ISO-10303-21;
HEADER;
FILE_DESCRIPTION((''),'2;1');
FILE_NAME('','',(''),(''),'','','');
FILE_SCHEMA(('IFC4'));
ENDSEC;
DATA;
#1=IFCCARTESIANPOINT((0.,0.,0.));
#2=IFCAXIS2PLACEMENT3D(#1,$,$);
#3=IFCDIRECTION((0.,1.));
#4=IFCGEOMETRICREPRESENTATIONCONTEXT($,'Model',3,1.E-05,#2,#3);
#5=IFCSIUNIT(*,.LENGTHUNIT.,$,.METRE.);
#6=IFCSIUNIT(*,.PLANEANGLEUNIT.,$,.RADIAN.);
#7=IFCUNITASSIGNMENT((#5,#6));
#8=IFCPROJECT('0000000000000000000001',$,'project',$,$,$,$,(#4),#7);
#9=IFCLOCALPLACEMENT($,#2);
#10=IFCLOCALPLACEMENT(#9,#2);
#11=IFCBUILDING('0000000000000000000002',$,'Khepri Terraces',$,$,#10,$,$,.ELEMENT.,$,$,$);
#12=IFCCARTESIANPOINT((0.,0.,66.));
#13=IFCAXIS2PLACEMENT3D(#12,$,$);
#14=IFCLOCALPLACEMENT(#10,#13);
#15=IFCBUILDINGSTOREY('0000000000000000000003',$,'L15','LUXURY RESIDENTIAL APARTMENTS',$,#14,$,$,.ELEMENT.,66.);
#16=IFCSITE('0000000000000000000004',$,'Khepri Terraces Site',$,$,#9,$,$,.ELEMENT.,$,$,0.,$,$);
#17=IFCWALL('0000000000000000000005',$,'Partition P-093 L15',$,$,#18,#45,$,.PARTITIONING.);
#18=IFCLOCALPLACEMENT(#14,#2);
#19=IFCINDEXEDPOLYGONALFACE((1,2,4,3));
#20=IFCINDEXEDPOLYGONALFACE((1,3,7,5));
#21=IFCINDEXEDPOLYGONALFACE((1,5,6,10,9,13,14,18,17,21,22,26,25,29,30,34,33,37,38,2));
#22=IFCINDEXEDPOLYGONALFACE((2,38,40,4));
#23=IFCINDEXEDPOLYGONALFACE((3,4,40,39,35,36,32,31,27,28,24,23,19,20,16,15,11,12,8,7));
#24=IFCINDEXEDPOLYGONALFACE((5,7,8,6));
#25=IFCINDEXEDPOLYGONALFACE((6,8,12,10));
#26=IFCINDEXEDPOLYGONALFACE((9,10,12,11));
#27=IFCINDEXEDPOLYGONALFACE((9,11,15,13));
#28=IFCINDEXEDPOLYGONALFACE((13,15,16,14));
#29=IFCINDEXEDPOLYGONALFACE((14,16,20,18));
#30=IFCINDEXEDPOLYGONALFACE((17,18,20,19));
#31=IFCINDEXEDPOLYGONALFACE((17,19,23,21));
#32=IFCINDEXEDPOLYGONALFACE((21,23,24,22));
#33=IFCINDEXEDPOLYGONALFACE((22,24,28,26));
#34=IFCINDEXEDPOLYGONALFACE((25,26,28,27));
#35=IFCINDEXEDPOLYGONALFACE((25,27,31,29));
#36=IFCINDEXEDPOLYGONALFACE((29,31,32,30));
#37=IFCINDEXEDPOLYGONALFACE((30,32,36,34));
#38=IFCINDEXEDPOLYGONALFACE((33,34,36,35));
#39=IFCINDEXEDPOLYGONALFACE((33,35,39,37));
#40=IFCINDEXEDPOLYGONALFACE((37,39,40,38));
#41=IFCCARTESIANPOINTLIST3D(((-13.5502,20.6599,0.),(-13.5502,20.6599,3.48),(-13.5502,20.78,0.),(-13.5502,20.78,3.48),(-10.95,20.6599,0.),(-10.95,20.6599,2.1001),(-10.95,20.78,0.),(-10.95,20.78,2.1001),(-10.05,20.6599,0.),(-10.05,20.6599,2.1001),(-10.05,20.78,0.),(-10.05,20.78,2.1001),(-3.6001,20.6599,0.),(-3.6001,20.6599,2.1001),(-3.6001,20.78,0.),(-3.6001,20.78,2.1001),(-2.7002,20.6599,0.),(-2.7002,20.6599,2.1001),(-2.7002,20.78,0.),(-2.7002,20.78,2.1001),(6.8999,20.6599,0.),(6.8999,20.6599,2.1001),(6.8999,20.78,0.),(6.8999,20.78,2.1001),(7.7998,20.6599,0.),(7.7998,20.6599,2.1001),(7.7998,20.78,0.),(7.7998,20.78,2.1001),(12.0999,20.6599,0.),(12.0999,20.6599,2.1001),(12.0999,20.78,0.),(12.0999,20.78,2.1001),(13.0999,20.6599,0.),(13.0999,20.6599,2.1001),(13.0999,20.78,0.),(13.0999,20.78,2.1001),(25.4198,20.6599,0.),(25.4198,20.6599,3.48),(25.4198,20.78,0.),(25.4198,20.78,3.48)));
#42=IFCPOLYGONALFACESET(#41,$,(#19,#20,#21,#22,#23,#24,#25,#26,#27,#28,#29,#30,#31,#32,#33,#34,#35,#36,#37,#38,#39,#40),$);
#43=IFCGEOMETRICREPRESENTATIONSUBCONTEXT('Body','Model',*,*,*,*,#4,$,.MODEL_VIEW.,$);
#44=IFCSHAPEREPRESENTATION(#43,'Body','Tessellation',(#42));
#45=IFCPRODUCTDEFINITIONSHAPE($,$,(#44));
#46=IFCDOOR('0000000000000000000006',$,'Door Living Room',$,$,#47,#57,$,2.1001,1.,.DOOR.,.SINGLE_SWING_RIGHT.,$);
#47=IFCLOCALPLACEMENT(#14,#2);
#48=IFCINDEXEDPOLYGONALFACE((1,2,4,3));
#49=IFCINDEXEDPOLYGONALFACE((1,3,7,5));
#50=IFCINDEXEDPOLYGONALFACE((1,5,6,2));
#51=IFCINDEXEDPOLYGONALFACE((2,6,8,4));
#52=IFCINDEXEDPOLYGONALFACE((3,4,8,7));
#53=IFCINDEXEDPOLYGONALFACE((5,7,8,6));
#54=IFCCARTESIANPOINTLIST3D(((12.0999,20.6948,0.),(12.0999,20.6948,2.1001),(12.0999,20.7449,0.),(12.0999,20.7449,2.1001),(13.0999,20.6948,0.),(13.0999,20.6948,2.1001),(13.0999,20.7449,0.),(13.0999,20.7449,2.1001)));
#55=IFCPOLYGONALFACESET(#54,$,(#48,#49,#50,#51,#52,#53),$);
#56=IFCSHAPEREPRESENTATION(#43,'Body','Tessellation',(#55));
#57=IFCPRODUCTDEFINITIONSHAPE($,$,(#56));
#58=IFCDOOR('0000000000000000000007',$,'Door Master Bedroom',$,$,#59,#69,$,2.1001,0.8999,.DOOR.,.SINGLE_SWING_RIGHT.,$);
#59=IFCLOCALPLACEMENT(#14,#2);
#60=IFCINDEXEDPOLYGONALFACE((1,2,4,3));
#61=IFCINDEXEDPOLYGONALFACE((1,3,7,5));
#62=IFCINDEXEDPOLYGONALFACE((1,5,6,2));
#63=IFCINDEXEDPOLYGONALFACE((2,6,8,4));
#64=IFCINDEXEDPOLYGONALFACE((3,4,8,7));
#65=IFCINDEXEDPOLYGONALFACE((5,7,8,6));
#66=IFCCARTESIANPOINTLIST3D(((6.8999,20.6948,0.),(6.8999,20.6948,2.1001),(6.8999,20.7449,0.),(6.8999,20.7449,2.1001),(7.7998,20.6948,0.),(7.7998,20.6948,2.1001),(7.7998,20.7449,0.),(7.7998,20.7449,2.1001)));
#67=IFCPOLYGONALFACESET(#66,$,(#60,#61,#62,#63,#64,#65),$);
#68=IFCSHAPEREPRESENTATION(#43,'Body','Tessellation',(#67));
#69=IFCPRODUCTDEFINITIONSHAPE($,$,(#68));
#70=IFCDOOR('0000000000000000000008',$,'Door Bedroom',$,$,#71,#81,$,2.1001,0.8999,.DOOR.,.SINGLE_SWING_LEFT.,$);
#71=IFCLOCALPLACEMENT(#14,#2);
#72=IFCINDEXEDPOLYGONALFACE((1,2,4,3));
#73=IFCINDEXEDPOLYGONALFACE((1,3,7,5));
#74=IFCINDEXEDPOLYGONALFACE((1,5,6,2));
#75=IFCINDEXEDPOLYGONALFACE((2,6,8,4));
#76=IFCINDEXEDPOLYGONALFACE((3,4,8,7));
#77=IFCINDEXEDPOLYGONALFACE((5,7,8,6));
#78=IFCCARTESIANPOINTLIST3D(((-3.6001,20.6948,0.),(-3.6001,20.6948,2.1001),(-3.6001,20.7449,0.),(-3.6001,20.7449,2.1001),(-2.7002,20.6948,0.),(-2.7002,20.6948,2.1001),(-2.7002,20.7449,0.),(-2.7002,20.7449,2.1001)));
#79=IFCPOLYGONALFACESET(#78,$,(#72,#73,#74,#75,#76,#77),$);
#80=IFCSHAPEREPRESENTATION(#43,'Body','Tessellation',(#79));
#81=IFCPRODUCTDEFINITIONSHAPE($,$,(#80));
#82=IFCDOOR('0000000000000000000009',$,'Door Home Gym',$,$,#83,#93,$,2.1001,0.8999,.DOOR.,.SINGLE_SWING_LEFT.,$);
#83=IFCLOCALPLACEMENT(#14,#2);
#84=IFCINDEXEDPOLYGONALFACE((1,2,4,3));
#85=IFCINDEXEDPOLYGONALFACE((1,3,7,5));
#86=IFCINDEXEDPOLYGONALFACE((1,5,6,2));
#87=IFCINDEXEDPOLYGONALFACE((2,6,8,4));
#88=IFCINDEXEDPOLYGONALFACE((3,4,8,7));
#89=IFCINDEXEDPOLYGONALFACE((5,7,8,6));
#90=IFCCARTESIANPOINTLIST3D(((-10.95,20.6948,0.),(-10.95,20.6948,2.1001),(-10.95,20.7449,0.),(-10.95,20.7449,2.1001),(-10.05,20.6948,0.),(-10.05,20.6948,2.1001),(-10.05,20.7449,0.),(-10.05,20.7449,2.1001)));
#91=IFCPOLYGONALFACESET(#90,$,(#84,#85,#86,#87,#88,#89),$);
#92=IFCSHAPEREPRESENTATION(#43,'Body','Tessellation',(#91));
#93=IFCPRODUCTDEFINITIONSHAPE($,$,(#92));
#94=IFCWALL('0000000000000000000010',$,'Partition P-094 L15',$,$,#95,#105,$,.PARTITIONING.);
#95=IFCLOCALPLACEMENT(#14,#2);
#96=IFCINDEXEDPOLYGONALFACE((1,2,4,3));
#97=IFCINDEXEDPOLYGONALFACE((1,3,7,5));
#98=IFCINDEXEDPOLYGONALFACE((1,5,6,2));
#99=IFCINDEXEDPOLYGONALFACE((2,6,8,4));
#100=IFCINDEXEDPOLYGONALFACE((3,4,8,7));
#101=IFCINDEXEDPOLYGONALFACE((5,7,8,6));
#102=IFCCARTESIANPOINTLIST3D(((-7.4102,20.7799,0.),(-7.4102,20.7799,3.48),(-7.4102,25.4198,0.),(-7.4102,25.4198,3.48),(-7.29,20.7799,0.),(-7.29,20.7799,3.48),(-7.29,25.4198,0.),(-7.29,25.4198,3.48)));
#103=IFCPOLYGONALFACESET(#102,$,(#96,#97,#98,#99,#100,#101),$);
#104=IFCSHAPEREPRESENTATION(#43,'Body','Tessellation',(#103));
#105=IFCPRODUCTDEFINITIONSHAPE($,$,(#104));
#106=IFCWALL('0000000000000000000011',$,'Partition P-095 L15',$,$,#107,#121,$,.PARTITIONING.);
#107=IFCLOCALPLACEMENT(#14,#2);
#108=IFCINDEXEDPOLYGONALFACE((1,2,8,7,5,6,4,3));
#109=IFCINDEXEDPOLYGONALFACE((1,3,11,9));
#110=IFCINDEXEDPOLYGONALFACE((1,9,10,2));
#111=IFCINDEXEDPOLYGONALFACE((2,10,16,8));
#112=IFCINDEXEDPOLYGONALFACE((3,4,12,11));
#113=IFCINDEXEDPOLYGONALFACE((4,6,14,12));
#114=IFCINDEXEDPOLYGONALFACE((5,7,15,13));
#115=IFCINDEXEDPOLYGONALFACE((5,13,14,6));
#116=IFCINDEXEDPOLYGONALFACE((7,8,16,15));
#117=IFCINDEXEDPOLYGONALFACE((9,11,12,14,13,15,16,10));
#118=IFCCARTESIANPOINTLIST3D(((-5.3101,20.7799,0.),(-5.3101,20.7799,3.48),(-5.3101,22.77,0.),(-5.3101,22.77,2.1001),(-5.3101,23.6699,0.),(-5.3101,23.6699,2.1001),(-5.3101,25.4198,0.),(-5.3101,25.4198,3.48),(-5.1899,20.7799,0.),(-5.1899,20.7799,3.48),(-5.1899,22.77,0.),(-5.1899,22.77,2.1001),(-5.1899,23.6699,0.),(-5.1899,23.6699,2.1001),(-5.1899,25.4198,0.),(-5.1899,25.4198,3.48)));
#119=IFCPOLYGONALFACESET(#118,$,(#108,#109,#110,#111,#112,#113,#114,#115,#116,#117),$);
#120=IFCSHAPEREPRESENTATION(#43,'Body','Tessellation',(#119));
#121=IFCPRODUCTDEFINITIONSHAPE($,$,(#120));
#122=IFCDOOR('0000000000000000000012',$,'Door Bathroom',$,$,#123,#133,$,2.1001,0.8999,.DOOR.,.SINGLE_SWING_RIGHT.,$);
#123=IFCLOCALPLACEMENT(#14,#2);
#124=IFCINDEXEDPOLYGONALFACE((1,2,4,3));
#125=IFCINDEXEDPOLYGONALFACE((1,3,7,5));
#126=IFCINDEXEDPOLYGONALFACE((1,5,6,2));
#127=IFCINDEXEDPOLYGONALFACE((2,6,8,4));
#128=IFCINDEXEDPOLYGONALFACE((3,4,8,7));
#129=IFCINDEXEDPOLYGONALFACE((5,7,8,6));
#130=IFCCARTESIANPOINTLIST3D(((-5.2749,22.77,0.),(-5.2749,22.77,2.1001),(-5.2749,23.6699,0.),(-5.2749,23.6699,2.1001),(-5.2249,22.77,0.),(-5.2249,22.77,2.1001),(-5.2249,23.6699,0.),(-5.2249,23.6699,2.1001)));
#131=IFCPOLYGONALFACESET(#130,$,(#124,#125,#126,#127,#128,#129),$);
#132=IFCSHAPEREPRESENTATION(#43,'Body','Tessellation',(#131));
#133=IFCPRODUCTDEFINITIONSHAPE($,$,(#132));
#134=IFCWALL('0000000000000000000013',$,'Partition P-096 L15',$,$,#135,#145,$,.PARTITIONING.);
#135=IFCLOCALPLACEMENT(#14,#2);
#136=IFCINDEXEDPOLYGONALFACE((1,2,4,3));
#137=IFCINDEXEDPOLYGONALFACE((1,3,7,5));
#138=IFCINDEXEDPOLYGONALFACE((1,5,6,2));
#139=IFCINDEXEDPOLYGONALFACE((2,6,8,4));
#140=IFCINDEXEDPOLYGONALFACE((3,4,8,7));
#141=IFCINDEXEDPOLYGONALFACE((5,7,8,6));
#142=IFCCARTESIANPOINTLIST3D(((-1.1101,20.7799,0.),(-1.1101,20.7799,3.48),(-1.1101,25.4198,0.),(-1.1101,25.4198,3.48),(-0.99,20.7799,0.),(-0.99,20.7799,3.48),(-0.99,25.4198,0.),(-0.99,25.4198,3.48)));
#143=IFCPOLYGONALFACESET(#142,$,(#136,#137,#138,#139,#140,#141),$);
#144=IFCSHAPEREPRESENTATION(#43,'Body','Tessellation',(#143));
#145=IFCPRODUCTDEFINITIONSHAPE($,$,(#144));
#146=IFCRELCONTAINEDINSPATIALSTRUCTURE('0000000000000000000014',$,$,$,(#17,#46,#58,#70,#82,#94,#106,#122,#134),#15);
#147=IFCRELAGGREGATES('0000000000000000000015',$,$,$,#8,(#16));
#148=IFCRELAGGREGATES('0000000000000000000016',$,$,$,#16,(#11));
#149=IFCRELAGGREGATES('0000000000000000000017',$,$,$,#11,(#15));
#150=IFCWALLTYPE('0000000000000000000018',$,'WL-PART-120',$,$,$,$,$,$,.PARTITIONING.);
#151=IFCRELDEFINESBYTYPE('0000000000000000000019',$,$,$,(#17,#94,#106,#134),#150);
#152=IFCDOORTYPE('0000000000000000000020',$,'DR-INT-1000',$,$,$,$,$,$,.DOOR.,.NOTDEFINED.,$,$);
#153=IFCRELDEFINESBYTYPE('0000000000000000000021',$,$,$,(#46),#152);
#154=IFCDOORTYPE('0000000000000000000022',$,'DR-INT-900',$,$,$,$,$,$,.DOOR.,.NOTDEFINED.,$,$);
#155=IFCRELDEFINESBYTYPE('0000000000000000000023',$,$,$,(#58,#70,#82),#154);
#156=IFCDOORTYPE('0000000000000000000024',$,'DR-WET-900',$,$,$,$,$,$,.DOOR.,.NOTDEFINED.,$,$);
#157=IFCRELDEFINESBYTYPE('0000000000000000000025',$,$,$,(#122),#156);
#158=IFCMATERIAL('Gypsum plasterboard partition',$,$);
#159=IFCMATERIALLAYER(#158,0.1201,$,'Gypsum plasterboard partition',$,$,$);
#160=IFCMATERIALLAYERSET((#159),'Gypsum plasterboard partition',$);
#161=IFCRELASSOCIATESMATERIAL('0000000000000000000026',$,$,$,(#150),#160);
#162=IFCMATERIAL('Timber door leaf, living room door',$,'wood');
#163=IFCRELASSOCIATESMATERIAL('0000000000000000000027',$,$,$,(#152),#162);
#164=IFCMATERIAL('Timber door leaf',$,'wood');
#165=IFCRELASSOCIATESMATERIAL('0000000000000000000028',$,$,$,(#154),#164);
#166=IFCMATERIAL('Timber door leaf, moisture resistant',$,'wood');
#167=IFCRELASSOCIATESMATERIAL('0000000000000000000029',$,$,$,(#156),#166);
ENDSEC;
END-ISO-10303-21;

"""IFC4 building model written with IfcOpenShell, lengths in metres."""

from ifc_helpers import new_model, si_unit, direction, frame, frame_2d, origin, place, context, subcontext, project, spatial, rectangle, extrude, material, layer, layer_set, type_object, element, fill, save


model = new_model("IFC4")

# Units and contexts
model_context = context("Model", 3, precision=1e-05, world=origin(), true_north=direction((0.0, 1.0)))
body_context = subcontext(model_context, "Body", "Model", "MODEL_VIEW")
ifc_project = project(units=[si_unit("LENGTHUNIT", "METRE"), si_unit("PLANEANGLEUNIT", "RADIAN")], contexts=[model_context])

# Site, building, storey
site_placement = place(None, origin())
site = spatial("IfcSite", under=ifc_project, at=site_placement, Name="Khepri Terraces Site", CompositionType="ELEMENT", RefElevation=0.0)
building_placement = place(site_placement, origin())
building = spatial("IfcBuilding", under=site, at=building_placement, Name="Khepri Terraces", CompositionType="ELEMENT")
storey_placement = place(building_placement, frame((0.0, 0.0, 66.0)))
storey = spatial("IfcBuildingStorey", under=building, at=storey_placement, Name="L15", Description="LUXURY RESIDENTIAL APARTMENTS", CompositionType="ELEMENT", Elevation=66.0)

# Shared definitions
ifc_material_1 = material(Name="Gypsum plasterboard partition")
ifc_layer_1 = layer(ifc_material_1, 0.1201, Name="Gypsum plasterboard partition")
ifc_layer_set_1 = layer_set([ifc_layer_1], Name="Gypsum plasterboard partition")
wall_type_1 = type_object("IfcWallType", Name="WL-PART-120", PredefinedType="PARTITIONING", material=ifc_layer_set_1)

# Wall, openings, doors
wall_1_placement = place(storey_placement, frame((-13.55, 20.72, 0.0), z_axis=(0.0, 0.0, 1.0), x_axis=(1.0, 0.0, 0.0)))
wall_1 = element("IfcWall", 1, at=wall_1_placement, inside=storey, type_object=wall_type_1, Name="Partition P-093 L15", PredefinedType="PARTITIONING", context=body_context, shape_type="SweptSolid", body=[
    extrude(rectangle(XDim=38.97, YDim=0.1201, at=frame_2d((19.4849, 0.0))), origin(), (0.0, 0.0, 1.0), 3.48),
])
opening_1_placement = place(wall_1_placement, frame((25.6499, 0.0, 0.0)))
opening_1 = element("IfcOpeningElement", 2, at=opening_1_placement, cuts=wall_1, PredefinedType="OPENING", context=body_context, shape_type="SweptSolid", body=[
    extrude(rectangle(XDim=1.0, YDim=2.1001, at=frame_2d((0.5, 1.05))), frame((0.0, 0.0701, 0.0), z_axis=(0.0, -1.0, 0.0), x_axis=(1.0, 0.0, 0.0)), (0.0, 0.0, 1.0), 0.1401),
])
opening_2_placement = place(wall_1_placement, frame((20.45, 0.0, 0.0)))
opening_2 = element("IfcOpeningElement", 3, at=opening_2_placement, cuts=wall_1, PredefinedType="OPENING", context=body_context, shape_type="SweptSolid", body=[
    extrude(rectangle(XDim=0.8999, YDim=2.1001, at=frame_2d((0.45, 1.05))), frame((0.0, 0.0701, 0.0), z_axis=(0.0, -1.0, 0.0), x_axis=(1.0, 0.0, 0.0)), (0.0, 0.0, 1.0), 0.1401),
])
opening_3_placement = place(wall_1_placement, frame((9.95, 0.0, 0.0)))
opening_3 = element("IfcOpeningElement", 4, at=opening_3_placement, cuts=wall_1, PredefinedType="OPENING", context=body_context, shape_type="SweptSolid", body=[
    extrude(rectangle(XDim=0.8999, YDim=2.1001, at=frame_2d((0.45, 1.05))), frame((0.0, 0.0701, 0.0), z_axis=(0.0, -1.0, 0.0), x_axis=(1.0, 0.0, 0.0)), (0.0, 0.0, 1.0), 0.1401),
])
opening_4_placement = place(wall_1_placement, frame((2.6001, 0.0, 0.0)))
opening_4 = element("IfcOpeningElement", 5, at=opening_4_placement, cuts=wall_1, PredefinedType="OPENING", context=body_context, shape_type="SweptSolid", body=[
    extrude(rectangle(XDim=0.8999, YDim=2.1001, at=frame_2d((0.45, 1.05))), frame((0.0, 0.0701, 0.0), z_axis=(0.0, -1.0, 0.0), x_axis=(1.0, 0.0, 0.0)), (0.0, 0.0, 1.0), 0.1401),
])
ifc_material_2 = material(Name="Timber door leaf, living room door", Category="wood")
door_type_1 = type_object("IfcDoorType", Name="DR-INT-1000", OperationType="NOTDEFINED", PredefinedType="DOOR", material=ifc_material_2)
door_1_placement = place(opening_1_placement, origin())
door_1 = element("IfcDoor", 6, at=door_1_placement, inside=storey, type_object=door_type_1, Name="Door Living Room", OperationType="SINGLE_SWING_RIGHT", OverallHeight=2.1001, OverallWidth=1.0, PredefinedType="DOOR", context=body_context, shape_type="SweptSolid", body=[
    extrude(rectangle(XDim=1.0, YDim=2.1001, at=frame_2d((0.5, 1.05))), frame((0.0, 0.0249, 0.0), z_axis=(0.0, -1.0, 0.0), x_axis=(1.0, 0.0, 0.0)), (0.0, 0.0, 1.0), 0.05),
])
fill(opening_1, door_1)
ifc_material_3 = material(Name="Timber door leaf", Category="wood")
door_type_2 = type_object("IfcDoorType", Name="DR-INT-900", OperationType="NOTDEFINED", PredefinedType="DOOR", material=ifc_material_3)
door_2_placement = place(opening_2_placement, origin())
door_2 = element("IfcDoor", 7, at=door_2_placement, inside=storey, type_object=door_type_2, Name="Door Master Bedroom", OperationType="SINGLE_SWING_RIGHT", OverallHeight=2.1001, OverallWidth=0.8999, PredefinedType="DOOR", context=body_context, shape_type="SweptSolid", body=[
    extrude(rectangle(XDim=0.8999, YDim=2.1001, at=frame_2d((0.45, 1.05))), frame((0.0, 0.0249, 0.0), z_axis=(0.0, -1.0, 0.0), x_axis=(1.0, 0.0, 0.0)), (0.0, 0.0, 1.0), 0.05),
])
fill(opening_2, door_2)
door_3_placement = place(opening_3_placement, origin())
door_3 = element("IfcDoor", 8, at=door_3_placement, inside=storey, type_object=door_type_2, Name="Door Bedroom", OperationType="SINGLE_SWING_LEFT", OverallHeight=2.1001, OverallWidth=0.8999, PredefinedType="DOOR", context=body_context, shape_type="SweptSolid", body=[
    extrude(rectangle(XDim=0.8999, YDim=2.1001, at=frame_2d((0.45, 1.05))), frame((0.0, 0.0249, 0.0), z_axis=(0.0, -1.0, 0.0), x_axis=(1.0, 0.0, 0.0)), (0.0, 0.0, 1.0), 0.05),
])
fill(opening_3, door_3)
door_4_placement = place(opening_4_placement, origin())
door_4 = element("IfcDoor", 9, at=door_4_placement, inside=storey, type_object=door_type_2, Name="Door Home Gym", OperationType="SINGLE_SWING_LEFT", OverallHeight=2.1001, OverallWidth=0.8999, PredefinedType="DOOR", context=body_context, shape_type="SweptSolid", body=[
    extrude(rectangle(XDim=0.8999, YDim=2.1001, at=frame_2d((0.45, 1.05))), frame((0.0, 0.0249, 0.0), z_axis=(0.0, -1.0, 0.0), x_axis=(1.0, 0.0, 0.0)), (0.0, 0.0, 1.0), 0.05),
])
fill(opening_4, door_4)

# Wall
wall_2_placement = place(storey_placement, frame((-7.3501, 20.78, 0.0), z_axis=(0.0, 0.0, 1.0), x_axis=(0.0, 1.0, 0.0)))
element("IfcWall", 10, at=wall_2_placement, inside=storey, type_object=wall_type_1, Name="Partition P-094 L15", PredefinedType="PARTITIONING", context=body_context, shape_type="SweptSolid", body=[
    extrude(rectangle(XDim=4.6399, YDim=0.1201, at=frame_2d((2.3198, 0.0))), origin(), (0.0, 0.0, 1.0), 3.48),
])

# Wall, opening, door
wall_3_placement = place(storey_placement, frame((-5.25, 20.78, 0.0), z_axis=(0.0, 0.0, 1.0), x_axis=(0.0, 1.0, 0.0)))
wall_3 = element("IfcWall", 11, at=wall_3_placement, inside=storey, type_object=wall_type_1, Name="Partition P-095 L15", PredefinedType="PARTITIONING", context=body_context, shape_type="SweptSolid", body=[
    extrude(rectangle(XDim=4.6399, YDim=0.1201, at=frame_2d((2.3198, 0.0))), origin(), (0.0, 0.0, 1.0), 3.48),
])
opening_5_placement = place(wall_3_placement, frame((1.99, 0.0, 0.0)))
opening_5 = element("IfcOpeningElement", 12, at=opening_5_placement, cuts=wall_3, PredefinedType="OPENING", context=body_context, shape_type="SweptSolid", body=[
    extrude(rectangle(XDim=0.8999, YDim=2.1001, at=frame_2d((0.45, 1.05))), frame((0.0, 0.0701, 0.0), z_axis=(0.0, -1.0, 0.0), x_axis=(1.0, 0.0, 0.0)), (0.0, 0.0, 1.0), 0.1401),
])
ifc_material_4 = material(Name="Timber door leaf, moisture resistant", Category="wood")
door_type_3 = type_object("IfcDoorType", Name="DR-WET-900", OperationType="NOTDEFINED", PredefinedType="DOOR", material=ifc_material_4)
door_5_placement = place(opening_5_placement, origin())
door_5 = element("IfcDoor", 13, at=door_5_placement, inside=storey, type_object=door_type_3, Name="Door Bathroom", OperationType="SINGLE_SWING_RIGHT", OverallHeight=2.1001, OverallWidth=0.8999, PredefinedType="DOOR", context=body_context, shape_type="SweptSolid", body=[
    extrude(rectangle(XDim=0.8999, YDim=2.1001, at=frame_2d((0.45, 1.05))), frame((0.0, 0.0249, 0.0), z_axis=(0.0, -1.0, 0.0), x_axis=(1.0, 0.0, 0.0)), (0.0, 0.0, 1.0), 0.05),
])
fill(opening_5, door_5)

# Wall
wall_4_placement = place(storey_placement, frame((-1.05, 20.78, 0.0), z_axis=(0.0, 0.0, 1.0), x_axis=(0.0, 1.0, 0.0)))
element("IfcWall", 14, at=wall_4_placement, inside=storey, type_object=wall_type_1, Name="Partition P-096 L15", PredefinedType="PARTITIONING", context=body_context, shape_type="SweptSolid", body=[
    extrude(rectangle(XDim=4.6399, YDim=0.1201, at=frame_2d((2.3198, 0.0))), origin(), (0.0, 0.0, 1.0), 3.48),
])

save(model, "model.ifc")
